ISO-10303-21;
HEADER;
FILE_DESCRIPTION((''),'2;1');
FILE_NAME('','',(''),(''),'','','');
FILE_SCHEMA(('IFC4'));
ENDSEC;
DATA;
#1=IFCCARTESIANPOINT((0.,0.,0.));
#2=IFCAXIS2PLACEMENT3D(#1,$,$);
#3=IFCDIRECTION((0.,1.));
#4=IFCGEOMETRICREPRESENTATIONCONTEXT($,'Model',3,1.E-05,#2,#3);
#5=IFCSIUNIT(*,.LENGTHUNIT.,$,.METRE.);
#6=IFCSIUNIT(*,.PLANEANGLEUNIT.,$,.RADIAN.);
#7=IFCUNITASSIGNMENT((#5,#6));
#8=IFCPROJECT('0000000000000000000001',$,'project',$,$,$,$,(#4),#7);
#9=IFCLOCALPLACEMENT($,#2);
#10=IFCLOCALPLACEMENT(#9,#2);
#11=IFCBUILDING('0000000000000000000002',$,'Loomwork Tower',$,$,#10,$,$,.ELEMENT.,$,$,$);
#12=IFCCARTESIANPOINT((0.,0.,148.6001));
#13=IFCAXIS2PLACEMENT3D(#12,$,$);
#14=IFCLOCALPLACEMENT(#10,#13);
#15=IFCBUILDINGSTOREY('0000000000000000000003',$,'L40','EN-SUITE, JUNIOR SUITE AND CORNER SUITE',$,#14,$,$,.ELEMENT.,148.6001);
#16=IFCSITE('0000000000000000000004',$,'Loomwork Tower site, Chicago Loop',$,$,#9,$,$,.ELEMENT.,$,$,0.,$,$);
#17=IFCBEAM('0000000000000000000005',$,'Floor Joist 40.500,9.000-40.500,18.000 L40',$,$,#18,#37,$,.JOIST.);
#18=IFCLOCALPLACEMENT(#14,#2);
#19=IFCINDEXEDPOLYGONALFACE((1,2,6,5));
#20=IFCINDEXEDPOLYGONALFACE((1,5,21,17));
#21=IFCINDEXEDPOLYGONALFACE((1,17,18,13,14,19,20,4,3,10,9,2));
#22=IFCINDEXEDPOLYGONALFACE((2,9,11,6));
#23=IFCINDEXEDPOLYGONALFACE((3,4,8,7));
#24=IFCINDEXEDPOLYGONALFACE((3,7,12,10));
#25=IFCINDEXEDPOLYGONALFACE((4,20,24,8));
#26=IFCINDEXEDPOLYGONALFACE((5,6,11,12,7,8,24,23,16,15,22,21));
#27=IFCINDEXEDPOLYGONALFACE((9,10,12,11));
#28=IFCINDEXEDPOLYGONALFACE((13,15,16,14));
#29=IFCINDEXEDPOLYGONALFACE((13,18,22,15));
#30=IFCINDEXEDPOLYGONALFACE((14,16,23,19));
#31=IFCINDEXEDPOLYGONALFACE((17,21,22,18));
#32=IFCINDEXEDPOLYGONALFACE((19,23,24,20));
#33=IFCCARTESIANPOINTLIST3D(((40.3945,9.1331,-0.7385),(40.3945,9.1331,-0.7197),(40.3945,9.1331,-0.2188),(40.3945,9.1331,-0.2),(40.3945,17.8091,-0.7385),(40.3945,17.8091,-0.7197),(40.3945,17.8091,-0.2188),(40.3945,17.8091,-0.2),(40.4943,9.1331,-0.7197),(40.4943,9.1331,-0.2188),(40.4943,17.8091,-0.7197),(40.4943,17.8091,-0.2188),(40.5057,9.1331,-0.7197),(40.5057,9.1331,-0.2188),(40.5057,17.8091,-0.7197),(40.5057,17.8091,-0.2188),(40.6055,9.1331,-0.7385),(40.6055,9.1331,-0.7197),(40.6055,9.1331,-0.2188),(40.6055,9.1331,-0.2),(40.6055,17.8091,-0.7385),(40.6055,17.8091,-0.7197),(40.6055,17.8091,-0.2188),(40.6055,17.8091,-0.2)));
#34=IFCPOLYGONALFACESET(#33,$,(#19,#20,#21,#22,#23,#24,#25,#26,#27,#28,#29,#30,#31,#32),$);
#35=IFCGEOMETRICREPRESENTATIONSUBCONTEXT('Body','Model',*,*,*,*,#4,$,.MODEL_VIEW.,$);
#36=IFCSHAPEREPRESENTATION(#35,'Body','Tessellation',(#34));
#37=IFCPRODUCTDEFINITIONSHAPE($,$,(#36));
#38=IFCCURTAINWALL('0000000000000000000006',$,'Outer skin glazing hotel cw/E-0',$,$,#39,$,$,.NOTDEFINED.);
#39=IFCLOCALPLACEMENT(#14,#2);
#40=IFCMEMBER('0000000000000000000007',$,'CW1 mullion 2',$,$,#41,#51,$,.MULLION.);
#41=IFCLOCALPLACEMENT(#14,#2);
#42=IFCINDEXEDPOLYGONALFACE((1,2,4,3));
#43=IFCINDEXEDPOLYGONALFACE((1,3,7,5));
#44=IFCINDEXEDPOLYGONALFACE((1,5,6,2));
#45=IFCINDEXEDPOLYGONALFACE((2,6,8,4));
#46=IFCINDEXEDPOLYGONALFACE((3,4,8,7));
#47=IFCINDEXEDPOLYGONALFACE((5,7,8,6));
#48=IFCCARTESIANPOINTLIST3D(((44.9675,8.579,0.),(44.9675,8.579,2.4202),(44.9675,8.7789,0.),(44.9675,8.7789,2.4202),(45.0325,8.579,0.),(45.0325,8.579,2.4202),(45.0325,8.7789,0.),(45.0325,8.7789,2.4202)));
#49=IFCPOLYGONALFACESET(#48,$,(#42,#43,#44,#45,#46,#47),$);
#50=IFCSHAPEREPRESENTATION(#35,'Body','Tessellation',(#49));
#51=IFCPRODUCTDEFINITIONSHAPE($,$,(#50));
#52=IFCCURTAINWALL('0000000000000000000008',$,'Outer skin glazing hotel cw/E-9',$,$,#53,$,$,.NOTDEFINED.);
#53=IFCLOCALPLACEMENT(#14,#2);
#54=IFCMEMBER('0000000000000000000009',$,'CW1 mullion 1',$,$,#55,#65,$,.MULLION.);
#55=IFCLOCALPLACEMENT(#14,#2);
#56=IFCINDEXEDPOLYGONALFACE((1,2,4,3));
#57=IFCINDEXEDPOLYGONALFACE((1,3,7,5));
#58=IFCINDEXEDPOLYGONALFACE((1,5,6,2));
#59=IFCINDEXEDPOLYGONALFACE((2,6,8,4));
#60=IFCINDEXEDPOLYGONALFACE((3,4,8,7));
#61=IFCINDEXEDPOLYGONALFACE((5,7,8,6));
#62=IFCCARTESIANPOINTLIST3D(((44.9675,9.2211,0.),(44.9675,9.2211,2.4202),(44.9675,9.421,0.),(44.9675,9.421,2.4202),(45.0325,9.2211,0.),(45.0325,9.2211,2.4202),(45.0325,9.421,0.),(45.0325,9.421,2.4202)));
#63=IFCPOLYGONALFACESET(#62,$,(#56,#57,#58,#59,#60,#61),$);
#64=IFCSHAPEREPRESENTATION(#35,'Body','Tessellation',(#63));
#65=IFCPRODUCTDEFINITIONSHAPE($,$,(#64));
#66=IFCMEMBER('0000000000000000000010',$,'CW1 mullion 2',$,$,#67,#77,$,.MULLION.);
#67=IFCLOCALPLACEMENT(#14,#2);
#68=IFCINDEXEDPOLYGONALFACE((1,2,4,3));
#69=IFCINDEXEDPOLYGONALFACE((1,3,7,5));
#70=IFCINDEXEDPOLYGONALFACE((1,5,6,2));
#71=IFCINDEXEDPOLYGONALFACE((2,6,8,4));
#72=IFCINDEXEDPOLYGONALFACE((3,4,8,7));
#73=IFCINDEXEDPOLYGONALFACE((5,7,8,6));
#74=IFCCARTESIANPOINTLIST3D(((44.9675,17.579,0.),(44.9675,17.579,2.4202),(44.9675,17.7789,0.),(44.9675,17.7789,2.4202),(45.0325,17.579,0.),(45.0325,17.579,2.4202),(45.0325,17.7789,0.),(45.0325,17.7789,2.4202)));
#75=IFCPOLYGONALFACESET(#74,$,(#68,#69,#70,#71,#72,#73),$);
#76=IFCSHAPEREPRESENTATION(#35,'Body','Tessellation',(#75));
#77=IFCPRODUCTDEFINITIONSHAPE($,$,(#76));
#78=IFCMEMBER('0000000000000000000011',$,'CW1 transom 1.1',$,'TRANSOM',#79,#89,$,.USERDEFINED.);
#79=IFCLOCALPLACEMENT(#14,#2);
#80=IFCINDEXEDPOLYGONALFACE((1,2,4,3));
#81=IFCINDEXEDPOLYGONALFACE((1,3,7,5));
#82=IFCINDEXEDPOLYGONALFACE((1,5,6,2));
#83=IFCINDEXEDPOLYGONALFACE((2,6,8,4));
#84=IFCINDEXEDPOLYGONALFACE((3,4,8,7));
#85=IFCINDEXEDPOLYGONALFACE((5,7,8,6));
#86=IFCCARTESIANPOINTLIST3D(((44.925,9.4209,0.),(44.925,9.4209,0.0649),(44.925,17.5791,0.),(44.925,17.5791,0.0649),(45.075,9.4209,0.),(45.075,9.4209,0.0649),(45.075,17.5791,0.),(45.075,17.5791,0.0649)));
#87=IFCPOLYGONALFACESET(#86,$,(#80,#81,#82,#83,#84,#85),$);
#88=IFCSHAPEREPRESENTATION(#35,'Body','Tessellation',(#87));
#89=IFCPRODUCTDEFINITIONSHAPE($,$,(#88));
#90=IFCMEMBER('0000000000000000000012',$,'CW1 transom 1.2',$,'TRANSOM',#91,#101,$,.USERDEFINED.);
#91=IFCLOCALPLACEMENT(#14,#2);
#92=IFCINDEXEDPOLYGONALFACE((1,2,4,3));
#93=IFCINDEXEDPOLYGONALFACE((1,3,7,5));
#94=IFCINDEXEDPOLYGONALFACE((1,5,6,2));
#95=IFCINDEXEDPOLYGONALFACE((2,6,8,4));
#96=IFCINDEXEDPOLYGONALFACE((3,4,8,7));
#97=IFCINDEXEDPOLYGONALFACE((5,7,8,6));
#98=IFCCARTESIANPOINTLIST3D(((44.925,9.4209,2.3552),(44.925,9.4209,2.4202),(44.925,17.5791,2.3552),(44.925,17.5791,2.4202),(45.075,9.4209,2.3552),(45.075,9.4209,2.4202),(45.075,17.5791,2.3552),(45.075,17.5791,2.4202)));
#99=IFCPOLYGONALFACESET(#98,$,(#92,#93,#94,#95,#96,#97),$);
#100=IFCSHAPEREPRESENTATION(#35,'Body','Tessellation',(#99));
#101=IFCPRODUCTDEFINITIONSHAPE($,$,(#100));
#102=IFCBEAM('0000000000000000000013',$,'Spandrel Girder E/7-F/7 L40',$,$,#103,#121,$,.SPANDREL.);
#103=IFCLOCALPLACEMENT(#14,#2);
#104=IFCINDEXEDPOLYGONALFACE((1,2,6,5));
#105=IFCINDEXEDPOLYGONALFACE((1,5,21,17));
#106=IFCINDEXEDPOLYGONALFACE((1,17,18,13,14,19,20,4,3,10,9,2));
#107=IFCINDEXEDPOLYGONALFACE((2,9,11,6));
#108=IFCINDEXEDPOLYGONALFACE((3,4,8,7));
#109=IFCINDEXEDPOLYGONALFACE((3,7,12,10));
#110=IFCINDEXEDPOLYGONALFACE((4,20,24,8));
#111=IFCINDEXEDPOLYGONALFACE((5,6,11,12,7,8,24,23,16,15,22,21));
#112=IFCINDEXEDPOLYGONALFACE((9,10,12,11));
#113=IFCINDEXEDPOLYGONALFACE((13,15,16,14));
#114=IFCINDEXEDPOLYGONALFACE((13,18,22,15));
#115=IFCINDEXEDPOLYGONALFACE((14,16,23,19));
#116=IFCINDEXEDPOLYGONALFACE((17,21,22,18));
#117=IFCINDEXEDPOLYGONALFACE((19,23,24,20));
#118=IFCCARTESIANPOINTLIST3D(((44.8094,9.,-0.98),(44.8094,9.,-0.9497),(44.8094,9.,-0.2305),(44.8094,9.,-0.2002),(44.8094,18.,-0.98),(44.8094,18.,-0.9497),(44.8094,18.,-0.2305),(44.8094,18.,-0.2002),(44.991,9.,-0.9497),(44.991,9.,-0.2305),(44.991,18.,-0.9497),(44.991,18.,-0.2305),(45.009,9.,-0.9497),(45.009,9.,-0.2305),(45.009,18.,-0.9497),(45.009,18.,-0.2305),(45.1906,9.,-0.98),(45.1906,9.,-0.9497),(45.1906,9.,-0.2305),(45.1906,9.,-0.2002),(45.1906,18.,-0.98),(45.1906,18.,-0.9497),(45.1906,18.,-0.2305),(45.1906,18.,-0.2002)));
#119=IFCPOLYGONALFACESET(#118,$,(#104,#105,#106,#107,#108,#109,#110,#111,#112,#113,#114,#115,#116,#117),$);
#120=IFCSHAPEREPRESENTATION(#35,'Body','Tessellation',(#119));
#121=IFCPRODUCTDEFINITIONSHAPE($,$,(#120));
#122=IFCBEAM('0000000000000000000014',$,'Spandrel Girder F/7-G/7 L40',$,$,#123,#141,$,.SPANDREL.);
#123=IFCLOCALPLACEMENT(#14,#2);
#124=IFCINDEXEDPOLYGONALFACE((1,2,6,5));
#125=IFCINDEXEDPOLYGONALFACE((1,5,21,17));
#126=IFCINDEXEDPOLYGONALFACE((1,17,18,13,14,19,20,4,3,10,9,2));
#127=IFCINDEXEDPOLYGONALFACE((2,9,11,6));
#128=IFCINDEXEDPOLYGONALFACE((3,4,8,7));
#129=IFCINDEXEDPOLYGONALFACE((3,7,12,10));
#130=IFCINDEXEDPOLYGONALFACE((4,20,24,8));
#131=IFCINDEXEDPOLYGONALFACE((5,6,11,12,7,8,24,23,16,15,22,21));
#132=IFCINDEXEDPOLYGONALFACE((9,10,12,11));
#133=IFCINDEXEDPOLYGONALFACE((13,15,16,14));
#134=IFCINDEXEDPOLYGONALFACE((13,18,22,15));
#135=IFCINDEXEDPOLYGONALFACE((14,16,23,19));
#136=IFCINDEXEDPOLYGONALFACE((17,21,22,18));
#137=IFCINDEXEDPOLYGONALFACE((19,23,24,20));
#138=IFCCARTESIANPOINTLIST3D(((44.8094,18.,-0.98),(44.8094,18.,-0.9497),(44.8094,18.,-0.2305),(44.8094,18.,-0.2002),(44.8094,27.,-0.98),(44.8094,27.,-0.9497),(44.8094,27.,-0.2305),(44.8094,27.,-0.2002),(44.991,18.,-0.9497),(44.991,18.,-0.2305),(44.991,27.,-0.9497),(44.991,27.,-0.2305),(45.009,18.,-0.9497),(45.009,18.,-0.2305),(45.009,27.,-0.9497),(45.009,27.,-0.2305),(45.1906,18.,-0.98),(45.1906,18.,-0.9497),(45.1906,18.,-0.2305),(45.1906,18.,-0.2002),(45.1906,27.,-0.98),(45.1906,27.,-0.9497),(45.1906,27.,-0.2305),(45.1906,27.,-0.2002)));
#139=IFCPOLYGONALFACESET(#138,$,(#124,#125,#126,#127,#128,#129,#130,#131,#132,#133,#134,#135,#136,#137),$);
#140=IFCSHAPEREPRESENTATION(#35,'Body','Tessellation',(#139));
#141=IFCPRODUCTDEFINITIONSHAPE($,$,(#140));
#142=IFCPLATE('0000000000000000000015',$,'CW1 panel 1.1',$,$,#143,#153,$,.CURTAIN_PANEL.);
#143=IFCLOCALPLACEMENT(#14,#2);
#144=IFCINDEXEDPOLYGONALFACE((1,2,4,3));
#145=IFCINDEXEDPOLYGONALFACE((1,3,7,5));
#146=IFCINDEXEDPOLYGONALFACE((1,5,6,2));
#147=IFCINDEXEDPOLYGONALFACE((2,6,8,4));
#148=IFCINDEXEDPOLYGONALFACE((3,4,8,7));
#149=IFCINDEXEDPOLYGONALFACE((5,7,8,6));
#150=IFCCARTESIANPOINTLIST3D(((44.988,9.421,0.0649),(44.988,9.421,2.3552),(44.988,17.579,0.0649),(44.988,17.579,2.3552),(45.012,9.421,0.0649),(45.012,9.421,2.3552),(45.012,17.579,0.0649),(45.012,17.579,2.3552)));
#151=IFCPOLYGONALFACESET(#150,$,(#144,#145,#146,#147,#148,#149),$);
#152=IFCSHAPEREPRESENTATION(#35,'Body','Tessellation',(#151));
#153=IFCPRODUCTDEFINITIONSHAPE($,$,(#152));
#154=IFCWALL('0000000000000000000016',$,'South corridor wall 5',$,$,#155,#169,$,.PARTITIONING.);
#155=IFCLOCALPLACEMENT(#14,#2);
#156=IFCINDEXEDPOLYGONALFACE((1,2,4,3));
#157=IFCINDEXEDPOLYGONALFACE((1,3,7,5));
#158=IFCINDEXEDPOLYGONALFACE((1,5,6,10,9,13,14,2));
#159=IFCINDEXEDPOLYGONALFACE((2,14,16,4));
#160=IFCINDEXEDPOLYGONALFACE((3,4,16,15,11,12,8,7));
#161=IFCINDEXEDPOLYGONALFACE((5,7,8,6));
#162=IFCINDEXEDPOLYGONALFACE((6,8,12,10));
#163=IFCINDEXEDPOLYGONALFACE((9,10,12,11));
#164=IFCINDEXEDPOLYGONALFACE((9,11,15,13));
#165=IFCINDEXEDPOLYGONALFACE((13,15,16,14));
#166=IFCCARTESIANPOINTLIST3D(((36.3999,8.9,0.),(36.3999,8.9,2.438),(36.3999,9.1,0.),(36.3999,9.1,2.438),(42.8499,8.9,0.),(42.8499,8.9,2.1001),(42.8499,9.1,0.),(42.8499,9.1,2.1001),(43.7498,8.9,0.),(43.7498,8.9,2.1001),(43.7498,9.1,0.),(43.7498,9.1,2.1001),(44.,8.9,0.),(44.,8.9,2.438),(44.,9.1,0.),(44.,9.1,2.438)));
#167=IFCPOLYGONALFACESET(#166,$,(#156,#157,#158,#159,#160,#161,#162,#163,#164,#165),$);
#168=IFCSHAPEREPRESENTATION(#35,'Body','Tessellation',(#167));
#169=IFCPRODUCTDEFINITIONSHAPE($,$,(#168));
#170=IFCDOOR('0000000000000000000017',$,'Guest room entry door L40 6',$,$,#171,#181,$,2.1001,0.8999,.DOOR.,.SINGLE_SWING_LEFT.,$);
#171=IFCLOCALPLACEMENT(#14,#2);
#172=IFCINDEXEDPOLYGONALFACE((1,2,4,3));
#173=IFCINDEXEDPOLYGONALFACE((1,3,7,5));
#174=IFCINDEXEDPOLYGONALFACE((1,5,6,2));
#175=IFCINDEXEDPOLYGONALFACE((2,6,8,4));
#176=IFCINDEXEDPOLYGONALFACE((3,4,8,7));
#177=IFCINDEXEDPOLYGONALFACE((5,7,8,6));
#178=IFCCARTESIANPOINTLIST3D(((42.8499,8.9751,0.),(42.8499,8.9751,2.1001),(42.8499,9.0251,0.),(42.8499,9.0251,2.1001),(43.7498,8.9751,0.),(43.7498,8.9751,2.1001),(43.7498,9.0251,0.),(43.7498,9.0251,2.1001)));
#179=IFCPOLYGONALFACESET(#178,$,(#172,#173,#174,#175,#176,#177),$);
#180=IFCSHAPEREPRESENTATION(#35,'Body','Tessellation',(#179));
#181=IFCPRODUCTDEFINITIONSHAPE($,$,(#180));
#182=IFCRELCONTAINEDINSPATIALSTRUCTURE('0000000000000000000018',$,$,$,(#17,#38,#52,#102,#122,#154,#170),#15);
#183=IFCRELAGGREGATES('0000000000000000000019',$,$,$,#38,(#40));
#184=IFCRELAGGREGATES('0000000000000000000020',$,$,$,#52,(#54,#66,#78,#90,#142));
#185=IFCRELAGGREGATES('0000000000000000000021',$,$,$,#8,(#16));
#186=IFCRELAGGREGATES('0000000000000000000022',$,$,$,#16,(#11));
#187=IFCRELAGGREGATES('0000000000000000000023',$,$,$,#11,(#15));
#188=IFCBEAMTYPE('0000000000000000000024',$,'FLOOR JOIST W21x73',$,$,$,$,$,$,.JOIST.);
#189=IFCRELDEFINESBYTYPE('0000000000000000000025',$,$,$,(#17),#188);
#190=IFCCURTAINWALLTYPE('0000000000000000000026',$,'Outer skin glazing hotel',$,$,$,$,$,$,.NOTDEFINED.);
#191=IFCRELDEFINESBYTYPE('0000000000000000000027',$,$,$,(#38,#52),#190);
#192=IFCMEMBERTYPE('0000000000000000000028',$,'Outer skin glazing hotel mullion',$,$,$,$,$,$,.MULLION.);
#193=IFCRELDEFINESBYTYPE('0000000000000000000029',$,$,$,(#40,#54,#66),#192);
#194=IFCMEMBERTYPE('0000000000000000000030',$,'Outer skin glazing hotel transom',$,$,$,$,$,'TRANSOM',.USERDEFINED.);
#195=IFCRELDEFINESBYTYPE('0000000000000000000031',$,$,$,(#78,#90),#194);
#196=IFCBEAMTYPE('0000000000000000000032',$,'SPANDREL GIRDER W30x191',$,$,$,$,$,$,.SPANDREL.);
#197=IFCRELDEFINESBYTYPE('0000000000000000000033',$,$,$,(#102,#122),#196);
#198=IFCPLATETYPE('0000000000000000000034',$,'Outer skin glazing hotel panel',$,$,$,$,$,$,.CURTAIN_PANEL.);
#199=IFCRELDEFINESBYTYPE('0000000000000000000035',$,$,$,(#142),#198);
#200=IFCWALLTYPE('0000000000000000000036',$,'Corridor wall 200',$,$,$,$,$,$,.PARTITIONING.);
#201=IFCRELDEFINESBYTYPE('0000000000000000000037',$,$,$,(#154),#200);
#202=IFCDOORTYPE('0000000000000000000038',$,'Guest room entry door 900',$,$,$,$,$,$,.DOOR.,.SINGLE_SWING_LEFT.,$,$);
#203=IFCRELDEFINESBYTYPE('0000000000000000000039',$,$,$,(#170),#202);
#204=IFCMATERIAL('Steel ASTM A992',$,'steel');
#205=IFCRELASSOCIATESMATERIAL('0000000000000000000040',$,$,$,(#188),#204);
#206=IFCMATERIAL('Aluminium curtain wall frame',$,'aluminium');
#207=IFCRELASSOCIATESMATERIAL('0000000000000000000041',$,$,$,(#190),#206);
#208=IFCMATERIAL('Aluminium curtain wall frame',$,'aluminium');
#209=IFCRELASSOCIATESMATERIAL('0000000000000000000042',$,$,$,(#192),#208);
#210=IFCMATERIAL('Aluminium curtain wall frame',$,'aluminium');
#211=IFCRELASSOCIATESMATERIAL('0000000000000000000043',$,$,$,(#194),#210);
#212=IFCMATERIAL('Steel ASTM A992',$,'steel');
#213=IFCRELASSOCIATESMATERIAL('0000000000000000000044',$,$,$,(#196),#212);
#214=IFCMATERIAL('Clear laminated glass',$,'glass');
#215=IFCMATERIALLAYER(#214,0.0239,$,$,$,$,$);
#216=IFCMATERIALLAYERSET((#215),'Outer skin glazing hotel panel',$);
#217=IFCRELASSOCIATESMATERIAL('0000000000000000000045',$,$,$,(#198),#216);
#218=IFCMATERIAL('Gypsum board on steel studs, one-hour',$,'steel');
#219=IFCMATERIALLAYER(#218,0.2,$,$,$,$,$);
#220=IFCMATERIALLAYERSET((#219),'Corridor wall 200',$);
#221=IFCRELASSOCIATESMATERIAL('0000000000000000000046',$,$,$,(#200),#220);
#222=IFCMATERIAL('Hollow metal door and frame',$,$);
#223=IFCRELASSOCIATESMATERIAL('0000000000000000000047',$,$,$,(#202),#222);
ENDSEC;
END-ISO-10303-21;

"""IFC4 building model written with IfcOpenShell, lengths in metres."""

from ifc_helpers import new_model, si_unit, direction, frame, frame_2d, origin, origin_2d, place, context, subcontext, project, spatial, rectangle, i_section, extrude, material, layer, layer_set, material_profile, profile_set, type_object, element, fill, aggregate, save


model = new_model("IFC4")

# Units and contexts
model_context = context("Model", 3, precision=1e-05, world=origin(), true_north=direction((0.0, 1.0)))
body_context = subcontext(model_context, "Body", "Model", "MODEL_VIEW")
ifc_project = project(units=[si_unit("LENGTHUNIT", "METRE"), si_unit("PLANEANGLEUNIT", "RADIAN")], contexts=[model_context])

# Site, building, storey
site_placement = place(None, origin())
site = spatial("IfcSite", under=ifc_project, at=site_placement, Name="Loomwork Tower site, Chicago Loop", CompositionType="ELEMENT", RefElevation=0.0)
building_placement = place(site_placement, origin())
building = spatial("IfcBuilding", under=site, at=building_placement, Name="Loomwork Tower", CompositionType="ELEMENT")
storey_placement = place(building_placement, frame((0.0, 0.0, 148.6001)))
storey = spatial("IfcBuildingStorey", under=building, at=storey_placement, Name="L40", Description="EN-SUITE, JUNIOR SUITE AND CORNER SUITE", CompositionType="ELEMENT", Elevation=148.6001)

# Beam
ifc_material_1 = material(Name="Steel ASTM A992", Category="steel")
ifc_material_profile_1 = material_profile(ifc_material_1, i_section(OverallWidth=0.2109, OverallDepth=0.5386, WebThickness=0.0115, FlangeThickness=0.0188, at=origin_2d()), Name="W21x73")
ifc_profile_set_1 = profile_set([ifc_material_profile_1], Name="Steel ASTM A992")
beam_type_1 = type_object("IfcBeamType", Name="FLOOR JOIST W21x73", PredefinedType="JOIST", material=ifc_profile_set_1)
beam_1_placement = place(storey_placement, frame((40.5, 9.1331, -0.4692), z_axis=(0.0, 1.0, 0.0), x_axis=(-1.0, 0.0, 0.0)))
element("IfcBeam", 1, at=beam_1_placement, inside=storey, type_object=beam_type_1, Name="Floor Joist 40.500,9.000-40.500,18.000 L40", PredefinedType="JOIST", context=body_context, shape_type="SweptSolid", body=[
    extrude(i_section(OverallWidth=0.2109, OverallDepth=0.5386, WebThickness=0.0115, FlangeThickness=0.0188, at=origin_2d()), origin(), (0.0, 0.0, 1.0), 8.676),
])

# Curtain wall, member
ifc_material_2 = material(Name="Aluminium curtain wall frame", Category="aluminium")
curtain_wall_type = type_object("IfcCurtainWallType", Name="Outer skin glazing hotel", PredefinedType="NOTDEFINED", material=ifc_material_2)
curtain_wall_1_placement = place(storey_placement, origin())
curtain_wall_1 = element("IfcCurtainWall", 2, at=curtain_wall_1_placement, inside=storey, type_object=curtain_wall_type, Name="Outer skin glazing hotel cw/E-0", PredefinedType="NOTDEFINED")
ifc_material_3 = material(Name="Aluminium curtain wall frame", Category="aluminium")
ifc_material_profile_2 = material_profile(ifc_material_3, rectangle(XDim=0.0649, YDim=0.2, at=origin_2d()), Name="AL 65x200")
ifc_profile_set_2 = profile_set([ifc_material_profile_2], Name="Aluminium curtain wall frame")
member_type_1 = type_object("IfcMemberType", Name="Outer skin glazing hotel mullion", PredefinedType="MULLION", material=ifc_profile_set_2)
member_1_placement = place(storey_placement, frame((45.0, 8.679, 0.0), z_axis=(0.0, 0.0, 1.0), x_axis=(-1.0, 0.0, 0.0)))
member_1 = element("IfcMember", 3, at=member_1_placement, type_object=member_type_1, Name="CW1 mullion 2", PredefinedType="MULLION", context=body_context, shape_type="SweptSolid", body=[
    extrude(rectangle(XDim=0.0649, YDim=0.2, at=origin_2d()), origin(), (0.0, 0.0, 1.0), 2.4202),
])
aggregate(curtain_wall_1, [member_1])

# Curtain wall, members
curtain_wall_2_placement = place(storey_placement, origin())
curtain_wall_2 = element("IfcCurtainWall", 4, at=curtain_wall_2_placement, inside=storey, type_object=curtain_wall_type, Name="Outer skin glazing hotel cw/E-9", PredefinedType="NOTDEFINED")
member_2_placement = place(storey_placement, frame((45.0, 9.321, 0.0), z_axis=(0.0, 0.0, 1.0), x_axis=(-1.0, 0.0, 0.0)))
member_2 = element("IfcMember", 5, at=member_2_placement, type_object=member_type_1, Name="CW1 mullion 1", PredefinedType="MULLION", context=body_context, shape_type="SweptSolid", body=[
    extrude(rectangle(XDim=0.0649, YDim=0.2, at=origin_2d()), origin(), (0.0, 0.0, 1.0), 2.4202),
])
member_3_placement = place(storey_placement, frame((45.0, 17.679, 0.0), z_axis=(0.0, 0.0, 1.0), x_axis=(-1.0, 0.0, 0.0)))
member_3 = element("IfcMember", 6, at=member_3_placement, type_object=member_type_1, Name="CW1 mullion 2", PredefinedType="MULLION", context=body_context, shape_type="SweptSolid", body=[
    extrude(rectangle(XDim=0.0649, YDim=0.2, at=origin_2d()), origin(), (0.0, 0.0, 1.0), 2.4202),
])
ifc_material_4 = material(Name="Aluminium curtain wall frame", Category="aluminium")
ifc_material_profile_3 = material_profile(ifc_material_4, rectangle(XDim=0.1499, YDim=0.0649, at=origin_2d()), Name="AL 65x150")
ifc_profile_set_3 = profile_set([ifc_material_profile_3], Name="Aluminium curtain wall frame")
member_type_2 = type_object("IfcMemberType", Name="Outer skin glazing hotel transom", ElementType="TRANSOM", PredefinedType="USERDEFINED", material=ifc_profile_set_3)
member_4_placement = place(storey_placement, frame((45.0, 9.4209, 0.0325), z_axis=(0.0, 1.0, 0.0), x_axis=(-1.0, 0.0, 0.0)))
member_4 = element("IfcMember", 7, at=member_4_placement, type_object=member_type_2, Name="CW1 transom 1.1", ObjectType="TRANSOM", PredefinedType="USERDEFINED", context=body_context, shape_type="SweptSolid", body=[
    extrude(rectangle(XDim=0.1499, YDim=0.0649, at=origin_2d()), origin(), (0.0, 0.0, 1.0), 8.1582),
])
member_5_placement = place(storey_placement, frame((45.0, 9.4209, 2.3877), z_axis=(0.0, 1.0, 0.0), x_axis=(-1.0, 0.0, 0.0)))
member_5 = element("IfcMember", 8, at=member_5_placement, type_object=member_type_2, Name="CW1 transom 1.2", ObjectType="TRANSOM", PredefinedType="USERDEFINED", context=body_context, shape_type="SweptSolid", body=[
    extrude(rectangle(XDim=0.1499, YDim=0.0649, at=origin_2d()), origin(), (0.0, 0.0, 1.0), 8.1582),
])

# Beams
ifc_material_5 = material(Name="Steel ASTM A992", Category="steel")
ifc_material_profile_4 = material_profile(ifc_material_5, i_section(OverallWidth=0.3811, OverallDepth=0.7798, WebThickness=0.0181, FlangeThickness=0.0303, at=origin_2d()), Name="W30x191")
ifc_profile_set_4 = profile_set([ifc_material_profile_4], Name="Steel ASTM A992")
beam_type_2 = type_object("IfcBeamType", Name="SPANDREL GIRDER W30x191", PredefinedType="SPANDREL", material=ifc_profile_set_4)
for number, where, z_axis, x_axis, name in (
    (9, (45.0, 9.0, -0.5901), (0.0, 1.0, 0.0), (-1.0, 0.0, 0.0), "Spandrel Girder E/7-F/7 L40"),
    (10, (45.0, 18.0, -0.5901), (0.0, 1.0, 0.0), (-1.0, 0.0, 0.0), "Spandrel Girder F/7-G/7 L40"),
):
    element("IfcBeam", number, at=place(storey_placement, frame(where, z_axis=z_axis, x_axis=x_axis)), inside=storey, type_object=beam_type_2, Name=name, PredefinedType="SPANDREL", context=body_context, shape_type="SweptSolid", body=[
        extrude(i_section(OverallWidth=0.3811, OverallDepth=0.7798, WebThickness=0.0181, FlangeThickness=0.0303, at=origin_2d()), origin(), (0.0, 0.0, 1.0), 9.0),
    ])

# Plate
ifc_material_6 = material(Name="Clear laminated glass", Category="glass")
ifc_layer_1 = layer(ifc_material_6, 0.0239)
ifc_layer_set_1 = layer_set([ifc_layer_1], Name="Outer skin glazing hotel panel")
plate_type = type_object("IfcPlateType", Name="Outer skin glazing hotel panel", PredefinedType="CURTAIN_PANEL", material=ifc_layer_set_1)
plate_placement = place(storey_placement, frame((45.0, 13.5, 0.0649), z_axis=(0.0, 0.0, 1.0), x_axis=(0.0, 1.0, 0.0)))
plate = element("IfcPlate", 11, at=plate_placement, type_object=plate_type, Name="CW1 panel 1.1", PredefinedType="CURTAIN_PANEL", context=body_context, shape_type="SweptSolid", body=[
    extrude(rectangle(XDim=8.158, YDim=0.0239, at=origin_2d()), origin(), (0.0, 0.0, 1.0), 2.2903),
])
aggregate(curtain_wall_2, [member_2, member_3, member_4, member_5, plate])

# Wall, opening, door
ifc_material_7 = material(Name="Gypsum board on steel studs, one-hour", Category="steel")
ifc_layer_2 = layer(ifc_material_7, 0.2)
ifc_layer_set_2 = layer_set([ifc_layer_2], Name="Corridor wall 200")
wall_type_1 = type_object("IfcWallType", Name="Corridor wall 200", PredefinedType="PARTITIONING", material=ifc_layer_set_2)
wall_1_placement = place(storey_placement, frame((36.3999, 9.0, 0.0), z_axis=(0.0, 0.0, 1.0), x_axis=(1.0, 0.0, 0.0)))
wall_1 = element("IfcWall", 12, at=wall_1_placement, inside=storey, type_object=wall_type_1, Name="South corridor wall 5", PredefinedType="PARTITIONING", context=body_context, shape_type="SweptSolid", body=[
    extrude(rectangle(XDim=7.6001, YDim=0.2, at=frame_2d((3.8, 0.0))), origin(), (0.0, 0.0, 1.0), 2.438),
])
opening_1_placement = place(wall_1_placement, frame((6.45, 0.0, 0.0)))
opening_1 = element("IfcOpeningElement", 13, at=opening_1_placement, cuts=wall_1, PredefinedType="OPENING", context=body_context, shape_type="SweptSolid", body=[
    extrude(rectangle(XDim=0.8999, YDim=2.1001, at=frame_2d((0.45, 1.05))), frame((0.0, 0.1099, 0.0), z_axis=(0.0, -1.0, 0.0), x_axis=(1.0, 0.0, 0.0)), (0.0, 0.0, 1.0), 0.22),
])
ifc_material_8 = material(Name="Hollow metal door and frame")
door_type_1 = type_object("IfcDoorType", Name="Guest room entry door 900", OperationType="SINGLE_SWING_LEFT", PredefinedType="DOOR", material=ifc_material_8)
door_1_placement = place(opening_1_placement, frame((0.8999, 0.0, 0.0), z_axis=(0.0, 0.0, 1.0), x_axis=(-1.0, 0.0, 0.0)))
door_1 = element("IfcDoor", 14, at=door_1_placement, inside=storey, type_object=door_type_1, Name="Guest room entry door L40 6", OperationType="SINGLE_SWING_LEFT", OverallHeight=2.1001, OverallWidth=0.8999, PredefinedType="DOOR", context=body_context, shape_type="SweptSolid", body=[
    extrude(rectangle(XDim=0.8999, YDim=2.1001, at=frame_2d((0.45, 1.05))), frame((0.0, 0.0249, 0.0), z_axis=(0.0, -1.0, 0.0), x_axis=(1.0, 0.0, 0.0)), (0.0, 0.0, 1.0), 0.05),
])
fill(opening_1, door_1)

save(model, "model.ifc")
